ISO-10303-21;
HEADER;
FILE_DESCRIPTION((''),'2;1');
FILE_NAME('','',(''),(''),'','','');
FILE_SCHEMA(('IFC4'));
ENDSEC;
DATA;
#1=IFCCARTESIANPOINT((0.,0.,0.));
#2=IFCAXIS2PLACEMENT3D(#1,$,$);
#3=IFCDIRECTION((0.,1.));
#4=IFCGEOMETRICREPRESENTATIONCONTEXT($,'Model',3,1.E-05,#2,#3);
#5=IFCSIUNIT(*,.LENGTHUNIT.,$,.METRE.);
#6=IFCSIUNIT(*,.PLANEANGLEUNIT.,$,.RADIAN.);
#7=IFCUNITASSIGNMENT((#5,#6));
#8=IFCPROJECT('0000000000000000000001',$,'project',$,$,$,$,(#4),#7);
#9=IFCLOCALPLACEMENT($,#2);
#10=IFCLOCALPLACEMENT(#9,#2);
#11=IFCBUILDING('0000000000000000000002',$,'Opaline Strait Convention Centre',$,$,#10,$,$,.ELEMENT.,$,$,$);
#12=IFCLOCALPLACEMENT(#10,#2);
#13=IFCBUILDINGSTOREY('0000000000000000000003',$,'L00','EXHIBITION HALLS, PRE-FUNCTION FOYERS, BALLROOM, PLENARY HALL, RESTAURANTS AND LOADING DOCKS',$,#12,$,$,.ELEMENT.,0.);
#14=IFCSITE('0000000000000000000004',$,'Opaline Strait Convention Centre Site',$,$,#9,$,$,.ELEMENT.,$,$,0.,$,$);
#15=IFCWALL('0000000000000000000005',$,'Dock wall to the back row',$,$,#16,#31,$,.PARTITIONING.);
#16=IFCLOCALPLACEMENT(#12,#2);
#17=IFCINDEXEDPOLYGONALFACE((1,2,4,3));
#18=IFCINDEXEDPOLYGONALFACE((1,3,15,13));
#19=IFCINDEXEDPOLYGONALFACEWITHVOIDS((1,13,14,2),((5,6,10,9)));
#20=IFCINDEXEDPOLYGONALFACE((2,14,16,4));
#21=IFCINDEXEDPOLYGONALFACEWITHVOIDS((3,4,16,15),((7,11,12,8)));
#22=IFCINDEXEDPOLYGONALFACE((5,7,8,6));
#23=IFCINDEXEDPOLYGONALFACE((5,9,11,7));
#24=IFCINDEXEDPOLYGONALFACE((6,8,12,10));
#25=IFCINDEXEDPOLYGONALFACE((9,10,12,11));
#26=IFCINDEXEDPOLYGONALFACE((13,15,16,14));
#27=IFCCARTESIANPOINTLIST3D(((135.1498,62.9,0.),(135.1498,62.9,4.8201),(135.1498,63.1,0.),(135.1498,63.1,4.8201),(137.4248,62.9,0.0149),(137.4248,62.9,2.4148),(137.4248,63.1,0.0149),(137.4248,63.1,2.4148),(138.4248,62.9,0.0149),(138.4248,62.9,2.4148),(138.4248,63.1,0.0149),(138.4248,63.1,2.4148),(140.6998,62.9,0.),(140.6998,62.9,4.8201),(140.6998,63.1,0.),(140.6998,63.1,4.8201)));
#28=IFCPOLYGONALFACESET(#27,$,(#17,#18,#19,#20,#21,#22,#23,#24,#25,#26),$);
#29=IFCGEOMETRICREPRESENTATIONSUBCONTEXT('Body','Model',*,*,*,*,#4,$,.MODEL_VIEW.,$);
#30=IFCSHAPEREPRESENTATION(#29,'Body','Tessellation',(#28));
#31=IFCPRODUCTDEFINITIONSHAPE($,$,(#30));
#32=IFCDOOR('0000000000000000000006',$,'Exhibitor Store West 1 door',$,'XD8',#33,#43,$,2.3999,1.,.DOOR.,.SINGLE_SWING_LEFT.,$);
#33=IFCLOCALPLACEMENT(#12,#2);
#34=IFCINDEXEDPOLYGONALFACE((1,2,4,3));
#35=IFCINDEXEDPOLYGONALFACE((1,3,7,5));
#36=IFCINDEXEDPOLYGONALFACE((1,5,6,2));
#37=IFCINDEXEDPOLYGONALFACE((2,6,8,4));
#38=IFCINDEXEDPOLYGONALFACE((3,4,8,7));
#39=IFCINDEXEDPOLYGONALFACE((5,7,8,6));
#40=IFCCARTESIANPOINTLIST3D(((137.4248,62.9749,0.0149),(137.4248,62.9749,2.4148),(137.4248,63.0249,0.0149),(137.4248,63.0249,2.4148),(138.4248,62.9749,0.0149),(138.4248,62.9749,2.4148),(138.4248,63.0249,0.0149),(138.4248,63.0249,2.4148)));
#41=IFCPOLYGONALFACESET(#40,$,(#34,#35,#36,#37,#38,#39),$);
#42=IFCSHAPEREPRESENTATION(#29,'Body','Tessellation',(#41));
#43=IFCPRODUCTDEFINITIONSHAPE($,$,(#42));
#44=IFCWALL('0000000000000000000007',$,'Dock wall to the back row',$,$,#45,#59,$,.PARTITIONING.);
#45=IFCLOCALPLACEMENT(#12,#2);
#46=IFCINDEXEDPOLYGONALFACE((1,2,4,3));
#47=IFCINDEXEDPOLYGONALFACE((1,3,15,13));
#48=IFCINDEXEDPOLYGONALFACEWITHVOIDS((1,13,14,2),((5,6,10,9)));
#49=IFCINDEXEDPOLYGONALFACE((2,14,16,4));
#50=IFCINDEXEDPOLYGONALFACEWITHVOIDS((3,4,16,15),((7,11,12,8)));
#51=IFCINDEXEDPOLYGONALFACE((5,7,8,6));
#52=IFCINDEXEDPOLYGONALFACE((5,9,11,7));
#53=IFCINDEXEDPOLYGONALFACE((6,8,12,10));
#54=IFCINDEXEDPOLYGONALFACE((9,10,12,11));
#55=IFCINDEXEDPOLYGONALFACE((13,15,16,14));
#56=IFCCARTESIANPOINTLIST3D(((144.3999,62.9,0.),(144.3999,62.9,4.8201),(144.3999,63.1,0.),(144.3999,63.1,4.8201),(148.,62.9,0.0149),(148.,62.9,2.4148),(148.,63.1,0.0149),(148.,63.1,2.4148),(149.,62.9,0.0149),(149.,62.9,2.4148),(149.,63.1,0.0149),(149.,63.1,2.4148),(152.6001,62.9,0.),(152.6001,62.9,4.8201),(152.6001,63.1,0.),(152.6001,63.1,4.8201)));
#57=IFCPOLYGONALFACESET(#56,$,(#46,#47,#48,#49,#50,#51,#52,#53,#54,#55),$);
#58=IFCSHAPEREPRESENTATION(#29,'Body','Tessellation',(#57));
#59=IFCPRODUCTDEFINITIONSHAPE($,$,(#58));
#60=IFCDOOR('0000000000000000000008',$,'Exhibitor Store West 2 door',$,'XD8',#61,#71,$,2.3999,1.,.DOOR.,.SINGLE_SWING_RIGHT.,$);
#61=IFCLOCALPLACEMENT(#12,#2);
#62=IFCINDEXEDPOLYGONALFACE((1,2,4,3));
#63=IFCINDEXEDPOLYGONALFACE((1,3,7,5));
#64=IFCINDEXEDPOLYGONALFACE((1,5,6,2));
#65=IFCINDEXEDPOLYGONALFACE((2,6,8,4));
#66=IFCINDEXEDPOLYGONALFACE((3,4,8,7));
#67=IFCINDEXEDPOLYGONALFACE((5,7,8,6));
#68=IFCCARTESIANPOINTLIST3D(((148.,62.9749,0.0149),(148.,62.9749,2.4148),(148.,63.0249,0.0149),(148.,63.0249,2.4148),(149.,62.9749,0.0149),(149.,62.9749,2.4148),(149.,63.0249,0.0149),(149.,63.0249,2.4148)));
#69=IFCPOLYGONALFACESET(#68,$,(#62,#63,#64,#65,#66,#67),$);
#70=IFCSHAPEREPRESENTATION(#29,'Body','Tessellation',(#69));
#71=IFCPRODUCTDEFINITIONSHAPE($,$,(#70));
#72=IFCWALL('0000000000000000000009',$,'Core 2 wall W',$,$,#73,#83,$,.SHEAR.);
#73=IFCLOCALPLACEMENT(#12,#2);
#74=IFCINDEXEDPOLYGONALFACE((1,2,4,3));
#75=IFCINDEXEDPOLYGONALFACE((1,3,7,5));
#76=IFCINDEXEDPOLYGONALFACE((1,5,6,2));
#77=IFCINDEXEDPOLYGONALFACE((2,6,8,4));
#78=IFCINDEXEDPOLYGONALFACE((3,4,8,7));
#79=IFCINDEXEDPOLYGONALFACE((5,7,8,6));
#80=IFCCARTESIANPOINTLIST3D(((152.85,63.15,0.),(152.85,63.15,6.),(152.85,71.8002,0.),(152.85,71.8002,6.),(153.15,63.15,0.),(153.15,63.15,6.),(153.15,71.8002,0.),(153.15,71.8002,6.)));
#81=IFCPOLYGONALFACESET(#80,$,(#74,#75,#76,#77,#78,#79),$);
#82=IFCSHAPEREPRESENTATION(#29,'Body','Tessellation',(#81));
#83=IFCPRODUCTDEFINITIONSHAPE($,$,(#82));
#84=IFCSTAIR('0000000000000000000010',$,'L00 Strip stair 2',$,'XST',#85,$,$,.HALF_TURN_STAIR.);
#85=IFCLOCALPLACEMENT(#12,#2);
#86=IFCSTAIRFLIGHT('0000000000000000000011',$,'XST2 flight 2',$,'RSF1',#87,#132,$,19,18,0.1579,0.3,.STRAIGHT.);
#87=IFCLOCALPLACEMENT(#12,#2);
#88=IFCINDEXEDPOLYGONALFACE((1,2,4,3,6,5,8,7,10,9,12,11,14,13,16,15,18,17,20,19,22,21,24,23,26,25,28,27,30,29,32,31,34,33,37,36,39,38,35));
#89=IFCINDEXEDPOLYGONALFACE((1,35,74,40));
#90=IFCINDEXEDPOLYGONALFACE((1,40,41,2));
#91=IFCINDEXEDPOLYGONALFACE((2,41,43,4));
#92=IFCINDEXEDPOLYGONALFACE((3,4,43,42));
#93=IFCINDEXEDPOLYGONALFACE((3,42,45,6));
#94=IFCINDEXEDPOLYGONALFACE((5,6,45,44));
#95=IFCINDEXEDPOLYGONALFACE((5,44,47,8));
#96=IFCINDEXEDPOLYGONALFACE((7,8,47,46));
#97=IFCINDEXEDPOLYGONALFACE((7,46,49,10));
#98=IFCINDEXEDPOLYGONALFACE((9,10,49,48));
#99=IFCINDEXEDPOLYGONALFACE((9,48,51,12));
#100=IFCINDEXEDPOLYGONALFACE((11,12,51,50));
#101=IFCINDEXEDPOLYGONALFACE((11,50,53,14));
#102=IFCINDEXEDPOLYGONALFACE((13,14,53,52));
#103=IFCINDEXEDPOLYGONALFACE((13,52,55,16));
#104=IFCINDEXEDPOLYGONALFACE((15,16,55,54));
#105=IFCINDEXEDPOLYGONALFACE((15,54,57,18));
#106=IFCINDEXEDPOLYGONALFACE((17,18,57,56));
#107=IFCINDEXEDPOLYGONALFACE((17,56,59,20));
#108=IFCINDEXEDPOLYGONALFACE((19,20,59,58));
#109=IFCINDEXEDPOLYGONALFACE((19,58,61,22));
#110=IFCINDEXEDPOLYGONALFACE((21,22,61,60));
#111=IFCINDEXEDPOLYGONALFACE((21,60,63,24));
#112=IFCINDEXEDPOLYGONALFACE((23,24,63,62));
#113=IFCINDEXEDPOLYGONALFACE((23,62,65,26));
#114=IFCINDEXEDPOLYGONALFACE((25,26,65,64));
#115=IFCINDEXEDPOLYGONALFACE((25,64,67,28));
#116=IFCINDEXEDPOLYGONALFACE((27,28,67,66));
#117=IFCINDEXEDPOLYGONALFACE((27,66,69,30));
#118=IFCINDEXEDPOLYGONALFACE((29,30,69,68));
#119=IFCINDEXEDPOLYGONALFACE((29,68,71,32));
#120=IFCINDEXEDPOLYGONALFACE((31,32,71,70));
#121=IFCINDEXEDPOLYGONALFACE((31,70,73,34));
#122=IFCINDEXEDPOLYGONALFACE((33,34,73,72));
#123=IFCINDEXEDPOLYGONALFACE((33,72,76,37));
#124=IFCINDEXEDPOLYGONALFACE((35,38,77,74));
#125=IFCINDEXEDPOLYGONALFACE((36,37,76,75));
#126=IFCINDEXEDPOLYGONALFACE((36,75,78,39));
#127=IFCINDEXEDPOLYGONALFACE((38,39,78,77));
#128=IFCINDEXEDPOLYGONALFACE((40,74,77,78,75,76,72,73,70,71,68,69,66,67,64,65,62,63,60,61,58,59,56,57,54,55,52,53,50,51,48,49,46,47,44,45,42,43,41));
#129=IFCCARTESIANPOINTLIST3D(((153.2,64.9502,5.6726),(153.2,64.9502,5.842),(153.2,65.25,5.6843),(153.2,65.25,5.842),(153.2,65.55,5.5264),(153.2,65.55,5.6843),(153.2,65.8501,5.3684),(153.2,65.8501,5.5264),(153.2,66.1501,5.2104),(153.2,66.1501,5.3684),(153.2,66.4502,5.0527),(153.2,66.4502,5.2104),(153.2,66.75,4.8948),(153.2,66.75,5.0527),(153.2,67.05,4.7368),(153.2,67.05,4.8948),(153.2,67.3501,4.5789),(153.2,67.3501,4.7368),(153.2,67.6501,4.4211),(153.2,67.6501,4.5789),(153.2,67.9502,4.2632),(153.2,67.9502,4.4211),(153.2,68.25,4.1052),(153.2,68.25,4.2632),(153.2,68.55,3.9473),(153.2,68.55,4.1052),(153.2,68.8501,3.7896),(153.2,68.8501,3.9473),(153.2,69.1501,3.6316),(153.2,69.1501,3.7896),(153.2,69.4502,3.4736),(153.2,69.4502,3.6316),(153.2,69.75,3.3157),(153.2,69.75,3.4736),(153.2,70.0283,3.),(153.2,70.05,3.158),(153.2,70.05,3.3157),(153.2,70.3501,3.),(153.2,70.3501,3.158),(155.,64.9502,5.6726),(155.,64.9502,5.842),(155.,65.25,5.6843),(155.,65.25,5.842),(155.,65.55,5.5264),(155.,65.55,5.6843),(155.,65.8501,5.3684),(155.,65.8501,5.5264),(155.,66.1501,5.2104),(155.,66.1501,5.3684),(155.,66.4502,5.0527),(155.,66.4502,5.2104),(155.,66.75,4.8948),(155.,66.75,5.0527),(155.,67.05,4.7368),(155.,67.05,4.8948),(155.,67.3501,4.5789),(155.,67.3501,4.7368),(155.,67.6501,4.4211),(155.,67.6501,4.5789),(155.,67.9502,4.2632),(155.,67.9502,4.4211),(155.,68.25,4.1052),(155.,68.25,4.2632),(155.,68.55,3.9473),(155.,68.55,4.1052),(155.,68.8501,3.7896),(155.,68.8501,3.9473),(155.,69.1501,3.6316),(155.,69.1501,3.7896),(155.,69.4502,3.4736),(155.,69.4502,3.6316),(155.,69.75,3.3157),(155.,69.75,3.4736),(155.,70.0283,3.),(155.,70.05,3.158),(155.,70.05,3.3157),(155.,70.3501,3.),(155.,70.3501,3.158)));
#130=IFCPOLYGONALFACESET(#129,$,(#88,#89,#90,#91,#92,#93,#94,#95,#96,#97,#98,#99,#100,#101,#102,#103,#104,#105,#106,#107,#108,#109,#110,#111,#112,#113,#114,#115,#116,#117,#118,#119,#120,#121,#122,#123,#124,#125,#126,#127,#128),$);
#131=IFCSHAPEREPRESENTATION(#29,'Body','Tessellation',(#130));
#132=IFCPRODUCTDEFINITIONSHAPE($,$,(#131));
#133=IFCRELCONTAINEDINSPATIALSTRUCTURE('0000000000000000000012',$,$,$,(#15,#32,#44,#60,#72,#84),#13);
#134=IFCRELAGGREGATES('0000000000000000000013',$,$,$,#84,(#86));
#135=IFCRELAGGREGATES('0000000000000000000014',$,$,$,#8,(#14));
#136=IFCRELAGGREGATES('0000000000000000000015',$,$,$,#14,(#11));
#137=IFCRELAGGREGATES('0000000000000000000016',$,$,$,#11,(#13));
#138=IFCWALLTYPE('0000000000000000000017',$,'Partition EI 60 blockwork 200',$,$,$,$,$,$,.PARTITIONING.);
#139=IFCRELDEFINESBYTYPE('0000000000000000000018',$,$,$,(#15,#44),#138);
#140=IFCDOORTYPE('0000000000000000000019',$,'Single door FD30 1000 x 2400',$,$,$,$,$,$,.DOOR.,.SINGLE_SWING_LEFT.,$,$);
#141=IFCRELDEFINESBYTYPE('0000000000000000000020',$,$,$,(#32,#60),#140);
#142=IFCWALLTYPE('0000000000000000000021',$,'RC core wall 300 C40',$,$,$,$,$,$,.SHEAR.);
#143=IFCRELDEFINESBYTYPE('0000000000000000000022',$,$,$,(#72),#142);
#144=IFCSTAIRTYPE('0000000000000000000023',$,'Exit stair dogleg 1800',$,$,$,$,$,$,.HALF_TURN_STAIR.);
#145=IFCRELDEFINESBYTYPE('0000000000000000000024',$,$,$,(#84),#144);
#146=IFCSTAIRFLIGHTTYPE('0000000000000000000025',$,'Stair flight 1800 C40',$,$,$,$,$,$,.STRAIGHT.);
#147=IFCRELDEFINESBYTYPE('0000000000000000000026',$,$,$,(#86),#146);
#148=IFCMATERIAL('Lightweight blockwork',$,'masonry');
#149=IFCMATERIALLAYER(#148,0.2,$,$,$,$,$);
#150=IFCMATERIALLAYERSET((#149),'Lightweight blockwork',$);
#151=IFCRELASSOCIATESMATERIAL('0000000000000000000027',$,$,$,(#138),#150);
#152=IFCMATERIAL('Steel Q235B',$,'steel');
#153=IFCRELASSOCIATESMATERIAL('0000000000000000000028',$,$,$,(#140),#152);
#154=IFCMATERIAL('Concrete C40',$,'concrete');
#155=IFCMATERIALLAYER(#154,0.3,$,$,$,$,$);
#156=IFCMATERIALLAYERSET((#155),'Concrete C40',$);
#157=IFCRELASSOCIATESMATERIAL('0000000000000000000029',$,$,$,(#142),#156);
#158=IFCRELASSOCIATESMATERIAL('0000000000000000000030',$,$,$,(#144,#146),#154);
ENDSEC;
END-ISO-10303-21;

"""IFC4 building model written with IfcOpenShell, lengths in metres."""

from ifc_helpers import new_model, si_unit, direction, frame, frame_2d, origin, place, context, subcontext, project, spatial, polyline, rectangle, outline, extrude, material, layer, layer_set, type_object, element, fill, aggregate, save


model = new_model("IFC4")

# Units and contexts
model_context = context("Model", 3, precision=1e-05, world=origin(), true_north=direction((0.0, 1.0)))
body_context = subcontext(model_context, "Body", "Model", "MODEL_VIEW")
ifc_project = project(units=[si_unit("LENGTHUNIT", "METRE"), si_unit("PLANEANGLEUNIT", "RADIAN")], contexts=[model_context])

# Site, building, storey
site_placement = place(None, origin())
site = spatial("IfcSite", under=ifc_project, at=site_placement, Name="Opaline Strait Convention Centre Site", CompositionType="ELEMENT", RefElevation=0.0)
building_placement = place(site_placement, origin())
building = spatial("IfcBuilding", under=site, at=building_placement, Name="Opaline Strait Convention Centre", CompositionType="ELEMENT")
storey_placement = place(building_placement, origin())
storey = spatial("IfcBuildingStorey", under=building, at=storey_placement, Name="L00", Description="EXHIBITION HALLS, PRE-FUNCTION FOYERS, BALLROOM, PLENARY HALL, RESTAURANTS AND LOADING DOCKS", CompositionType="ELEMENT", Elevation=0.0)

# Shared definitions
ifc_material_1 = material(Name="Concrete C40", Category="concrete")

# Shared definitions
ifc_material_2 = material(Name="Steel Q235B", Category="steel")

# Shared definitions
ifc_material_3 = material(Name="Lightweight blockwork", Category="masonry")

# Walls, openings, doors
ifc_layer_1 = layer(ifc_material_3, 0.2)
ifc_layer_set_1 = layer_set([ifc_layer_1], Name="Lightweight blockwork")
wall_type_1 = type_object("IfcWallType", Name="Partition EI 60 blockwork 200", PredefinedType="PARTITIONING", material=ifc_layer_set_1)
wall_1_placement = place(storey_placement, frame((135.1499, 63.0, 0.0), z_axis=(0.0, 0.0, 1.0), x_axis=(1.0, 0.0, 0.0)))
wall_1 = element("IfcWall", 1, at=wall_1_placement, inside=storey, type_object=wall_type_1, Name="Dock wall to the back row", PredefinedType="PARTITIONING", context=body_context, shape_type="SweptSolid", body=[
    extrude(rectangle(XDim=5.55, YDim=0.2, at=frame_2d((2.7749, 0.0))), origin(), (0.0, 0.0, 1.0), 4.8201),
])
opening_1_placement = place(wall_1_placement, frame((2.2749, 0.0, 0.0149)))
opening_1 = element("IfcOpeningElement", 2, at=opening_1_placement, cuts=wall_1, PredefinedType="OPENING", context=body_context, shape_type="SweptSolid", body=[
    extrude(rectangle(XDim=1.0, YDim=2.3999, at=frame_2d((0.5, 1.2))), frame((0.0, 0.1099, 0.0), z_axis=(0.0, -1.0, 0.0), x_axis=(1.0, 0.0, 0.0)), (0.0, 0.0, 1.0), 0.22),
])
door_type_1 = type_object("IfcDoorType", Name="Single door FD30 1000 x 2400", OperationType="SINGLE_SWING_LEFT", PredefinedType="DOOR", material=ifc_material_2)
door_1_placement = place(opening_1_placement, origin())
door_1 = element("IfcDoor", 3, at=door_1_placement, inside=storey, type_object=door_type_1, Name="Exhibitor Store West 1 door", ObjectType="XD8", OperationType="SINGLE_SWING_LEFT", OverallHeight=2.3999, OverallWidth=1.0, PredefinedType="DOOR", context=body_context, shape_type="SweptSolid", body=[
    extrude(rectangle(XDim=1.0, YDim=2.3999, at=frame_2d((0.5, 1.2))), frame((0.0, 0.0249, 0.0), z_axis=(0.0, -1.0, 0.0), x_axis=(1.0, 0.0, 0.0)), (0.0, 0.0, 1.0), 0.05),
])
fill(opening_1, door_1)
wall_2_placement = place(storey_placement, frame((144.3999, 63.0, 0.0), z_axis=(0.0, 0.0, 1.0), x_axis=(1.0, 0.0, 0.0)))
wall_2 = element("IfcWall", 4, at=wall_2_placement, inside=storey, type_object=wall_type_1, Name="Dock wall to the back row", PredefinedType="PARTITIONING", context=body_context, shape_type="SweptSolid", body=[
    extrude(rectangle(XDim=8.2002, YDim=0.2, at=frame_2d((4.1001, 0.0))), origin(), (0.0, 0.0, 1.0), 4.8201),
])
opening_2_placement = place(wall_2_placement, frame((3.6001, 0.0, 0.0149)))
opening_2 = element("IfcOpeningElement", 5, at=opening_2_placement, cuts=wall_2, PredefinedType="OPENING", context=body_context, shape_type="SweptSolid", body=[
    extrude(rectangle(XDim=1.0, YDim=2.3999, at=frame_2d((0.5, 1.2))), frame((0.0, 0.1099, 0.0), z_axis=(0.0, -1.0, 0.0), x_axis=(1.0, 0.0, 0.0)), (0.0, 0.0, 1.0), 0.22),
])
door_2_placement = place(opening_2_placement, origin())
door_2 = element("IfcDoor", 6, at=door_2_placement, inside=storey, type_object=door_type_1, Name="Exhibitor Store West 2 door", ObjectType="XD8", OperationType="SINGLE_SWING_RIGHT", OverallHeight=2.3999, OverallWidth=1.0, PredefinedType="DOOR", context=body_context, shape_type="SweptSolid", body=[
    extrude(rectangle(XDim=1.0, YDim=2.3999, at=frame_2d((0.5, 1.2))), frame((0.0, 0.0249, 0.0), z_axis=(0.0, -1.0, 0.0), x_axis=(1.0, 0.0, 0.0)), (0.0, 0.0, 1.0), 0.05),
])
fill(opening_2, door_2)

# Shared definitions
ifc_layer_2 = layer(ifc_material_1, 0.3)
ifc_layer_set_2 = layer_set([ifc_layer_2], Name="Concrete C40")
wall_type_2 = type_object("IfcWallType", Name="RC core wall 300 C40", PredefinedType="SHEAR", material=ifc_layer_set_2)

# Wall
wall_3_placement = place(storey_placement, frame((153.0, 63.1499, 0.0), z_axis=(0.0, 0.0, 1.0), x_axis=(0.0, 1.0, 0.0)))
element("IfcWall", 7, at=wall_3_placement, inside=storey, type_object=wall_type_2, Name="Core 2 wall W", PredefinedType="SHEAR", context=body_context, shape_type="SweptSolid", body=[
    extrude(rectangle(XDim=8.6501, YDim=0.3, at=frame_2d((4.3252, 0.0))), origin(), (0.0, 0.0, 1.0), 6.0),
])

# Stair, stair flight
stair_type = type_object("IfcStairType", Name="Exit stair dogleg 1800", PredefinedType="HALF_TURN_STAIR", material=ifc_material_1)
stair_placement = place(storey_placement, origin())
stair = element("IfcStair", 8, at=stair_placement, inside=storey, type_object=stair_type, Name="L00 Strip stair 2", ObjectType="XST", PredefinedType="HALF_TURN_STAIR")
stair_flight_type = type_object("IfcStairFlightType", Name="Stair flight 1800 C40", PredefinedType="STRAIGHT", material=ifc_material_1)
stair_flight_placement = place(storey_placement, frame((154.1001, 70.3501, 3.0), z_axis=(0.0, 0.0, 1.0), x_axis=(0.0, -1.0, 0.0)))
stair_flight = element("IfcStairFlight", 9, at=stair_flight_placement, type_object=stair_flight_type, Name="XST2 flight 2", ObjectType="RSF1", NumberOfRisers=19, NumberOfTreads=18, PredefinedType="STRAIGHT", RiserHeight=0.1579, TreadLength=0.3, context=body_context, shape_type="SweptSolid", body=[
    extrude(outline(polyline([(0.0, 0.0), (0.0, 0.158), (0.3, 0.158), (0.3, 0.3157), (0.6001, 0.3157), (0.6001, 0.4736), (0.8999, 0.4736), (0.8999, 0.6316), (1.2, 0.6316), (1.2, 0.7896), (1.5, 0.7896), (1.5, 0.9473), (1.8, 0.9473), (1.8, 1.1052), (2.1001, 1.1052), (2.1001, 1.2632), (2.3999, 1.2632), (2.3999, 1.4211), (2.7, 1.4211), (2.7, 1.5789), (3.0, 1.5789), (3.0, 1.7368), (3.3, 1.7368), (3.3, 1.8948), (3.6001, 1.8948), (3.6001, 2.0527), (3.8999, 2.0527), (3.8999, 2.2104), (4.2, 2.2104), (4.2, 2.3684), (4.5, 2.3684), (4.5, 2.5264), (4.8, 2.5264), (4.8, 2.6843), (5.1001, 2.6843), (5.1001, 2.842), (5.3999, 2.842), (5.3999, 3.0), (5.3999, 2.6726), (0.3218, 0.0), (0.0, 0.0)])), frame((0.0, 0.8999, 0.0), z_axis=(0.0, -1.0, 0.0), x_axis=(1.0, 0.0, 0.0)), (0.0, 0.0, 1.0), 1.8),
])
aggregate(stair, [stair_flight])

save(model, "model.ifc")
